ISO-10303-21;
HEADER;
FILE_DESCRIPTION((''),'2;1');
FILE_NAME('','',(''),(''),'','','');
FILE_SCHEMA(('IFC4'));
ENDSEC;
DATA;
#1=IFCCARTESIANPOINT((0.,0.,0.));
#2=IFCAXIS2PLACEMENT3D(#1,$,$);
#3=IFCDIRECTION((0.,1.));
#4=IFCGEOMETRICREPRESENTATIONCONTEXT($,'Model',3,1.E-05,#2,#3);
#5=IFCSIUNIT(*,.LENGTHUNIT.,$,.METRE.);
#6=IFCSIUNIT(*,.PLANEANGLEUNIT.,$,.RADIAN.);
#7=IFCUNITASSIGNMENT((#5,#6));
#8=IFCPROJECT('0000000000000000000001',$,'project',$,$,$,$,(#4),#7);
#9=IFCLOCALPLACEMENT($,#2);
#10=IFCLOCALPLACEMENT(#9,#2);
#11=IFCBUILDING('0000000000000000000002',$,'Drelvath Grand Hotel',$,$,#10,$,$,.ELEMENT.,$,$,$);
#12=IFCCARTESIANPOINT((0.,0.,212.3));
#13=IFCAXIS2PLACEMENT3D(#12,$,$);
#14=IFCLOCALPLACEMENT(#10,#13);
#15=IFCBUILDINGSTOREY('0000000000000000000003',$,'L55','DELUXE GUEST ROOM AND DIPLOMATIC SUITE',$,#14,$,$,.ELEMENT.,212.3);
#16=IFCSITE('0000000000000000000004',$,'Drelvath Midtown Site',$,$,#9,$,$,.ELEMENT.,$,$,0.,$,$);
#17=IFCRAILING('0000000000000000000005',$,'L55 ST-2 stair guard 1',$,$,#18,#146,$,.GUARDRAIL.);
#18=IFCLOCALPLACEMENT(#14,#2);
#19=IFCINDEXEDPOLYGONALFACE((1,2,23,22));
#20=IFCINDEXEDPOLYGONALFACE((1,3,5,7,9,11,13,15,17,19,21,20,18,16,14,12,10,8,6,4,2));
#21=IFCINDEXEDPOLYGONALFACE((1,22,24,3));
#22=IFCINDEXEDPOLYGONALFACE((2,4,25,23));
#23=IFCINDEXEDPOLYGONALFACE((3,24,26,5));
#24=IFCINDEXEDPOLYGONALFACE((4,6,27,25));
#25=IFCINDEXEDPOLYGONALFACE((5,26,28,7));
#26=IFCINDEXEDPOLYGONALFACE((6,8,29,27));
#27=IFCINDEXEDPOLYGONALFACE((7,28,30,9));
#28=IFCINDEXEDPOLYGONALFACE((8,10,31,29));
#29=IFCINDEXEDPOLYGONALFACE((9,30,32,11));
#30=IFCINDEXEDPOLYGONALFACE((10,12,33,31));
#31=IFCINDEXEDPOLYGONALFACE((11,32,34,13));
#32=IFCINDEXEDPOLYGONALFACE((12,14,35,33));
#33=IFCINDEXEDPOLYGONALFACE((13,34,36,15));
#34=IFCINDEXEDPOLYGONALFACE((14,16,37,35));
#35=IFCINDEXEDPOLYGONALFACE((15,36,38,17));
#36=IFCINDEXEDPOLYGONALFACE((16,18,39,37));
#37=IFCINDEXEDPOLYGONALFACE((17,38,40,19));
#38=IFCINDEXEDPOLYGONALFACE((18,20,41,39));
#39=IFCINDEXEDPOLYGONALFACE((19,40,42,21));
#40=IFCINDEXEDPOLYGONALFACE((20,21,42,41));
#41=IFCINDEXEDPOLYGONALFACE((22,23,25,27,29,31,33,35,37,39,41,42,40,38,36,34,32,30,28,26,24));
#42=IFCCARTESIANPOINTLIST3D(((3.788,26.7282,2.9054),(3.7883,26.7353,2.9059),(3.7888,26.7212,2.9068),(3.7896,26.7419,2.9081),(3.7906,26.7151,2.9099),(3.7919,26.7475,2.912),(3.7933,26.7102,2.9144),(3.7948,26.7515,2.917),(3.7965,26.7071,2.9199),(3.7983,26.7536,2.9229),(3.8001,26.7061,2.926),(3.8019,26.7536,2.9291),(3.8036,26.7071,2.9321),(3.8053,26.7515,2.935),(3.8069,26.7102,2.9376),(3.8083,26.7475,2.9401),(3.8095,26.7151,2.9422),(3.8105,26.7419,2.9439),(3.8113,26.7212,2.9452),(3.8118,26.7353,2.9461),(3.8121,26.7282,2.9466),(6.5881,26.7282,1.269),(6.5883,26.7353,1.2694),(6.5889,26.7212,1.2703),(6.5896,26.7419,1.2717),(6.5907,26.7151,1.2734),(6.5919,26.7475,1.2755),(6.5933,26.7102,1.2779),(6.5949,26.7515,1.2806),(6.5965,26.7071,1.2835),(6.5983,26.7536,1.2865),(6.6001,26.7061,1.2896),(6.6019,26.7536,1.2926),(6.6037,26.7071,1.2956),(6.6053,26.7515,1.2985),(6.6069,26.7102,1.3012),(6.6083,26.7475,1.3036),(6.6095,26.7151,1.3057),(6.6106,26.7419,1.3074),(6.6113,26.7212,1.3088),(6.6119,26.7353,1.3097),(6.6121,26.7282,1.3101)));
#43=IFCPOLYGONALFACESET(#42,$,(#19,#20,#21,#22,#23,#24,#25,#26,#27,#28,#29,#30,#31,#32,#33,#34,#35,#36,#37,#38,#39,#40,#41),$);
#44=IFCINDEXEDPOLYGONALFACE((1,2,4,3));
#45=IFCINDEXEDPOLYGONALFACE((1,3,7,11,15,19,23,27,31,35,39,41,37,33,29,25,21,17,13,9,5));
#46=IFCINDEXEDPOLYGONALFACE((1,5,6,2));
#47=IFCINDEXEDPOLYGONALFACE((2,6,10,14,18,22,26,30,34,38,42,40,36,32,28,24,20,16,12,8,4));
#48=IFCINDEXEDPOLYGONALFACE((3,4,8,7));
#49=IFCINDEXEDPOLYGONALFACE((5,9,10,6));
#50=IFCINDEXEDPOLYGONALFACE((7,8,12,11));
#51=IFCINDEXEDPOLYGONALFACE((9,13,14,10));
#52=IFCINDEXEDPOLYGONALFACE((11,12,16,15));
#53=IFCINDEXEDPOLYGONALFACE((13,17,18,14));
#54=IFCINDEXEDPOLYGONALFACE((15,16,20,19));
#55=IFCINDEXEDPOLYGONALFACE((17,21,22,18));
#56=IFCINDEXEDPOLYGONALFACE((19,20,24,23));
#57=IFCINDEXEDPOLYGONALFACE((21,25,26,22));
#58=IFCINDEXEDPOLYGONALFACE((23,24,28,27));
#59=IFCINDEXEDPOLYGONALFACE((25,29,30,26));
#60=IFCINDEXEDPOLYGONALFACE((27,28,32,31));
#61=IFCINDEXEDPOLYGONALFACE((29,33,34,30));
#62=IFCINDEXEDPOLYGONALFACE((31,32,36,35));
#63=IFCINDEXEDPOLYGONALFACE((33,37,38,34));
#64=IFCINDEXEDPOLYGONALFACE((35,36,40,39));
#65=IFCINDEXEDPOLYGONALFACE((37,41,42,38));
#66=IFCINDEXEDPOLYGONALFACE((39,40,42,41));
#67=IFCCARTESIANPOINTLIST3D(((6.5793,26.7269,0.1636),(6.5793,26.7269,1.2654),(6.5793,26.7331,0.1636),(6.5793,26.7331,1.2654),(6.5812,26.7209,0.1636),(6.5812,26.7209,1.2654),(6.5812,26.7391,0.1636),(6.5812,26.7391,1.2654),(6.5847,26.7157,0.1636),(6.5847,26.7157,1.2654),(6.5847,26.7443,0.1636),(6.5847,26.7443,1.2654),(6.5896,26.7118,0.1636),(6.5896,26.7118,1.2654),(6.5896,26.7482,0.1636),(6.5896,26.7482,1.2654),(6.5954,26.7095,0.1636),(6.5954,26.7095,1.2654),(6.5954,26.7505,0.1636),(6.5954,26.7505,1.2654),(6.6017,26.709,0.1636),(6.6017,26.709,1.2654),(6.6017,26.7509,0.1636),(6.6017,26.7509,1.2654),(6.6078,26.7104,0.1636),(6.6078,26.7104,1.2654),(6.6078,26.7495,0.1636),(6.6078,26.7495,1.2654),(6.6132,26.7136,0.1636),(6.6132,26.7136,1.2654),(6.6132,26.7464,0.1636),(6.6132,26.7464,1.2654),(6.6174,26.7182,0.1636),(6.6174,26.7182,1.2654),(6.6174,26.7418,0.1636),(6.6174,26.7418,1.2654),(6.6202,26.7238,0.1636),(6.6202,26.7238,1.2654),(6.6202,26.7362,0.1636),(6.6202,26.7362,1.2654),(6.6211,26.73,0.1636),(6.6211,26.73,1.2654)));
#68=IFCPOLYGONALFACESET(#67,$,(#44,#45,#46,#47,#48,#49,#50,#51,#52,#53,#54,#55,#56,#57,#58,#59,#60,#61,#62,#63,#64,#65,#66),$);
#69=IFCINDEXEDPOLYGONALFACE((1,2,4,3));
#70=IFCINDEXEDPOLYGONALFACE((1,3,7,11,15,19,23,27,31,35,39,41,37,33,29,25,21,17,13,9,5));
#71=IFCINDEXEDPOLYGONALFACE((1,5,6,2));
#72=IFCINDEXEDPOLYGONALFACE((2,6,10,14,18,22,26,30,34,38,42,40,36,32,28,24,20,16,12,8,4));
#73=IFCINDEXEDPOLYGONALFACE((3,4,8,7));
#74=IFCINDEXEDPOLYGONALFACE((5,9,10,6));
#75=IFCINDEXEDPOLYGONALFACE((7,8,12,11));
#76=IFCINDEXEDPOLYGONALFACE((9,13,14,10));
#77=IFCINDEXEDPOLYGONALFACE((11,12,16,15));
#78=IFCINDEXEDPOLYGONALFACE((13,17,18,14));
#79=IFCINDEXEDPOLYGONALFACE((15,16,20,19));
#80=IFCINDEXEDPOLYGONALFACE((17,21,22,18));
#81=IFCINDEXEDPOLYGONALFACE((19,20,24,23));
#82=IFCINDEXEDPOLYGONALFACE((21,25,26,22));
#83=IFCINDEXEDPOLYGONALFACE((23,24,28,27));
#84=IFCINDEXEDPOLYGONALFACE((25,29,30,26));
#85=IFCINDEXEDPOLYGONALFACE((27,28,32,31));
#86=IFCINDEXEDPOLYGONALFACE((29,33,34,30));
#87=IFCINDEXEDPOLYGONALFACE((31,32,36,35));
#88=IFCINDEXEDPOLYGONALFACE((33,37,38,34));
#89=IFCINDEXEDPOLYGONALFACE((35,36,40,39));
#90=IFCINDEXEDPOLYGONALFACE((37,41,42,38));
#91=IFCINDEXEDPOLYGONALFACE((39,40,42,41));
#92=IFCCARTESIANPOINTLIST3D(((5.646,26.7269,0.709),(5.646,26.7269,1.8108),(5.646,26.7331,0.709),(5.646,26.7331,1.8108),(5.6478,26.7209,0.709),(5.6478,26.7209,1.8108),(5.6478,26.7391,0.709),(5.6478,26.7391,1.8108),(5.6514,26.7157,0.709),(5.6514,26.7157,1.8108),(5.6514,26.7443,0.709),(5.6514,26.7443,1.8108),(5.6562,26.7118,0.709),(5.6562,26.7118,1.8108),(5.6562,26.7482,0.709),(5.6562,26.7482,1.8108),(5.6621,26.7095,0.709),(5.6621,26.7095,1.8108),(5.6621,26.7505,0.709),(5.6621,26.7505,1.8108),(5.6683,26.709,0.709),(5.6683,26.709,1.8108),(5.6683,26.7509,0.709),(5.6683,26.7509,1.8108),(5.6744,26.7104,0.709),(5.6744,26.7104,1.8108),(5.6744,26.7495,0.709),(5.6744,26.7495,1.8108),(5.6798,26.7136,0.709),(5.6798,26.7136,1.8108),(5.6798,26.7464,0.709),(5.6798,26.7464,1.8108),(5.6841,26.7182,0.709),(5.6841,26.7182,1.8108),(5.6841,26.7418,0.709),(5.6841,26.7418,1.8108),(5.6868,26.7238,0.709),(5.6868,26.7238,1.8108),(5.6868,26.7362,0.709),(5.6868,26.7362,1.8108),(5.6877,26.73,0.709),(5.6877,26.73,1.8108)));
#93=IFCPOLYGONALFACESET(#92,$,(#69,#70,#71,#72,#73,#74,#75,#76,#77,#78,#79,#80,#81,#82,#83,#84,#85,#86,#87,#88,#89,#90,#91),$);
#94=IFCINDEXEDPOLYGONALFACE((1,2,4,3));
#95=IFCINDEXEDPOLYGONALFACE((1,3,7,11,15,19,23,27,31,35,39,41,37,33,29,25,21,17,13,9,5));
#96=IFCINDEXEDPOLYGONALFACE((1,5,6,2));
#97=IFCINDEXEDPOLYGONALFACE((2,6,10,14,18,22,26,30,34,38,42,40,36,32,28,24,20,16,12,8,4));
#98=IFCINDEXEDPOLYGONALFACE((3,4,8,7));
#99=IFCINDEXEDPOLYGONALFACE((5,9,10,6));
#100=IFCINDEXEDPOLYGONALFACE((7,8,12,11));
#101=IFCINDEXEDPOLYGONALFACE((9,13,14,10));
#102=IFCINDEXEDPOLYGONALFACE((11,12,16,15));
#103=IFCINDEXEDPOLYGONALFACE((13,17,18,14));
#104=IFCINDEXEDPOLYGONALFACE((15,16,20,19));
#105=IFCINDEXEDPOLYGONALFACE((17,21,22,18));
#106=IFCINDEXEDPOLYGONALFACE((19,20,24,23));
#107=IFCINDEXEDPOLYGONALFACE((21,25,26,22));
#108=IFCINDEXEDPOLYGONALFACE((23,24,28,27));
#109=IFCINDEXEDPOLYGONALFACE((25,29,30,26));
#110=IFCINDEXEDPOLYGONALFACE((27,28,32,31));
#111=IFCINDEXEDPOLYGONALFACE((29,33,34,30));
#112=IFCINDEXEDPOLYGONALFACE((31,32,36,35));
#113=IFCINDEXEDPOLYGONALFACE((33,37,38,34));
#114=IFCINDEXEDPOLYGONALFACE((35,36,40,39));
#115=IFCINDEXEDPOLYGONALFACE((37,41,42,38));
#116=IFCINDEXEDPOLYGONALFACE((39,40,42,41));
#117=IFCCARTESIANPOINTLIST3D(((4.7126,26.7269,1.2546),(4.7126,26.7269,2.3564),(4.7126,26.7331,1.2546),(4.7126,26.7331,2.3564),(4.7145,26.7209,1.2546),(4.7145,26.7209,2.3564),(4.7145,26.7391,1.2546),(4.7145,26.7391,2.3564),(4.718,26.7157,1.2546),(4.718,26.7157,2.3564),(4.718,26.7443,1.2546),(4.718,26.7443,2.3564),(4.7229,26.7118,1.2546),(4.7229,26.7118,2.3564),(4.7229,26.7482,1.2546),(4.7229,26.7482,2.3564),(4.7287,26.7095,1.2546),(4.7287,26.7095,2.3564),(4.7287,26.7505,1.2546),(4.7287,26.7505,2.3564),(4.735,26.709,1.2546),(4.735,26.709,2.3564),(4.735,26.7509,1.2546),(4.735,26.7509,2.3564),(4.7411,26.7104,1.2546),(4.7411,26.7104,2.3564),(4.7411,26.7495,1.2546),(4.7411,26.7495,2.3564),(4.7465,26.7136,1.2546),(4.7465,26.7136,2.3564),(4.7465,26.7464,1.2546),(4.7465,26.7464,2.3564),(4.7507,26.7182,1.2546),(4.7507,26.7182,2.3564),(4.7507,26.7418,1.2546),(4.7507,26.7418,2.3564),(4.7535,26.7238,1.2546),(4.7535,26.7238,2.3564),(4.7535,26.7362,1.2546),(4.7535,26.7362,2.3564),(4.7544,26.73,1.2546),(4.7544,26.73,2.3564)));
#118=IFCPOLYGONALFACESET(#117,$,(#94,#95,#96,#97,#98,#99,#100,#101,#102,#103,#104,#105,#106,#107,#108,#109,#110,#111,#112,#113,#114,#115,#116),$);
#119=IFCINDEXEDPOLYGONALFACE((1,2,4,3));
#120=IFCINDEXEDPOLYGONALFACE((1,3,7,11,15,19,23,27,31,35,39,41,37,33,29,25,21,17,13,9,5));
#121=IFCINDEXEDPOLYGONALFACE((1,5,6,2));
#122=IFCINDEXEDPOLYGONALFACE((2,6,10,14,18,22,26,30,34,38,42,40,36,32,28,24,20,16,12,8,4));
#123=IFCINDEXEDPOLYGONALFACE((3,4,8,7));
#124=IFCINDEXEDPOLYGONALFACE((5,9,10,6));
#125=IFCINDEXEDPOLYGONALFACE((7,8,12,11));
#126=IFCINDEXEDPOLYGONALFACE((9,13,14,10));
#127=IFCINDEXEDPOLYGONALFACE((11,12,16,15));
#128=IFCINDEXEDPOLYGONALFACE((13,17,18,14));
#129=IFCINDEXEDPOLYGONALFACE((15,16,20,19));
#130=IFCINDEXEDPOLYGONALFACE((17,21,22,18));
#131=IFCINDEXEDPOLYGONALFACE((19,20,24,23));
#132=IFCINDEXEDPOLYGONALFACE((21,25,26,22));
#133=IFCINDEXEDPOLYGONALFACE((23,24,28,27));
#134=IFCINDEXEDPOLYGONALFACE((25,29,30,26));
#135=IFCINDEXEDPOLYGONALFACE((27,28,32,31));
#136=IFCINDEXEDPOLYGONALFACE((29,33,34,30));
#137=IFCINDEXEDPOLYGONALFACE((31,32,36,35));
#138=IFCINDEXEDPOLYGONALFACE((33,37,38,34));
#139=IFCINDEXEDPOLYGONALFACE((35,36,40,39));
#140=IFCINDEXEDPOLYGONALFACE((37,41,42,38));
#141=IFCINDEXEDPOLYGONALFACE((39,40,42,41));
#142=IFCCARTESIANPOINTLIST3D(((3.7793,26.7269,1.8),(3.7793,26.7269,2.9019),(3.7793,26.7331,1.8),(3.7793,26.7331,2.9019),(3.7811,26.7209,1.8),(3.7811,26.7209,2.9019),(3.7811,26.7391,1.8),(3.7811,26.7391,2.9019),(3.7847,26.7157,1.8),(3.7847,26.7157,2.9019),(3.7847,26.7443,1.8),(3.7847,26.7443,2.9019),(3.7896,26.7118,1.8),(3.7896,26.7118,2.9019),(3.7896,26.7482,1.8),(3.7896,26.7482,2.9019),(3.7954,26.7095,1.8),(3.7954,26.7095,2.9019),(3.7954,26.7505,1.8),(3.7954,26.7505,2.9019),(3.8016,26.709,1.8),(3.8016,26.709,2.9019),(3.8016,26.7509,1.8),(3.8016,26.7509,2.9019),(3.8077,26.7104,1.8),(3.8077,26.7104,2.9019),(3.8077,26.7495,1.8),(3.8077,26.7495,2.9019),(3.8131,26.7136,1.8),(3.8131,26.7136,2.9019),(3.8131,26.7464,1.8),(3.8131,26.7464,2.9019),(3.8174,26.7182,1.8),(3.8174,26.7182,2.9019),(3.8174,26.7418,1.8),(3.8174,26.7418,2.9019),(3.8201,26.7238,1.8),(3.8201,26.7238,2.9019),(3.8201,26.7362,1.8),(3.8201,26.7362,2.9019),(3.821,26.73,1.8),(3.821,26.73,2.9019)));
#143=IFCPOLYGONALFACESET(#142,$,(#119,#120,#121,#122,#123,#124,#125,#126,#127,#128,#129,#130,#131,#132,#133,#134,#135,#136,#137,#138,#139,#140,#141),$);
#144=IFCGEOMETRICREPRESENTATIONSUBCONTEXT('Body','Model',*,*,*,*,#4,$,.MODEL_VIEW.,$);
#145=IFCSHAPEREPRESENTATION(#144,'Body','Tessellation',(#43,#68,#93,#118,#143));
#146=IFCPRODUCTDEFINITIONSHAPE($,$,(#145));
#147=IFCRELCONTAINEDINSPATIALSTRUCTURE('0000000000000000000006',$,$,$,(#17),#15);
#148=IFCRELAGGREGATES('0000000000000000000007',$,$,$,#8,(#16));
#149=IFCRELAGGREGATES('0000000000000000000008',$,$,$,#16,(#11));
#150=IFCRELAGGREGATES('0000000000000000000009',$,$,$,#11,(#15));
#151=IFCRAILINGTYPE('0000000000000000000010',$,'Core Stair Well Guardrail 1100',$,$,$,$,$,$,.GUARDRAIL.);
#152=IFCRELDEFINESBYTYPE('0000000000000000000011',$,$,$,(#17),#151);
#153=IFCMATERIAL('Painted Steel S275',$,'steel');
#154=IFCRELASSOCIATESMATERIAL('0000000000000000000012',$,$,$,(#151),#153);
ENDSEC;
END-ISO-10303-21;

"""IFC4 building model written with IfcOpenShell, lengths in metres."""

from ifc_helpers import new_model, si_unit, direction, frame, origin, origin_2d, place, context, subcontext, project, spatial, circle, extrude, material, type_object, element, save


model = new_model("IFC4")

# Units and contexts
model_context = context("Model", 3, precision=1e-05, world=origin(), true_north=direction((0.0, 1.0)))
body_context = subcontext(model_context, "Body", "Model", "MODEL_VIEW")
ifc_project = project(units=[si_unit("LENGTHUNIT", "METRE"), si_unit("PLANEANGLEUNIT", "RADIAN")], contexts=[model_context])

# Site, building, storey
site_placement = place(None, origin())
site = spatial("IfcSite", under=ifc_project, at=site_placement, Name="Drelvath Midtown Site", CompositionType="ELEMENT", RefElevation=0.0)
building_placement = place(site_placement, origin())
building = spatial("IfcBuilding", under=site, at=building_placement, Name="Drelvath Grand Hotel", CompositionType="ELEMENT")
storey_placement = place(building_placement, frame((0.0, 0.0, 212.3)))
storey = spatial("IfcBuildingStorey", under=building, at=storey_placement, Name="L55", Description="DELUXE GUEST ROOM AND DIPLOMATIC SUITE", CompositionType="ELEMENT", Elevation=212.3)

# Railing
ifc_material_1 = material(Name="Painted Steel S275", Category="steel")
railing_type_1 = type_object("IfcRailingType", Name="Core Stair Well Guardrail 1100", PredefinedType="GUARDRAIL", material=ifc_material_1)
railing_1_placement = place(storey_placement, frame((6.6001, 26.73, 0.1636)))
element("IfcRailing", 1, at=railing_1_placement, inside=storey, type_object=railing_type_1, Name="L55 ST-2 stair guard 1", PredefinedType="GUARDRAIL", context=body_context, shape_type="SweptSolid", body=[
    extrude(circle(Radius=0.0239, at=origin_2d()), frame((0.0, 0.0, 1.126), z_axis=(-0.863361, 0.0, 0.504587), x_axis=(0.0, -1.0, 0.0)), (0.0, 0.0, 1.0), 3.2432),
    extrude(circle(Radius=0.021, at=origin_2d()), origin(), (0.0, 0.0, 1.0), 1.1018),
    extrude(circle(Radius=0.021, at=origin_2d()), frame((-0.9333, 0.0, 0.5454)), (0.0, 0.0, 1.0), 1.1018),
    extrude(circle(Radius=0.021, at=origin_2d()), frame((-1.8667, 0.0, 1.0911)), (0.0, 0.0, 1.0), 1.1018),
    extrude(circle(Radius=0.021, at=origin_2d()), frame((-2.8, 0.0, 1.6365)), (0.0, 0.0, 1.0), 1.1018),
])

save(model, "model.ifc")
